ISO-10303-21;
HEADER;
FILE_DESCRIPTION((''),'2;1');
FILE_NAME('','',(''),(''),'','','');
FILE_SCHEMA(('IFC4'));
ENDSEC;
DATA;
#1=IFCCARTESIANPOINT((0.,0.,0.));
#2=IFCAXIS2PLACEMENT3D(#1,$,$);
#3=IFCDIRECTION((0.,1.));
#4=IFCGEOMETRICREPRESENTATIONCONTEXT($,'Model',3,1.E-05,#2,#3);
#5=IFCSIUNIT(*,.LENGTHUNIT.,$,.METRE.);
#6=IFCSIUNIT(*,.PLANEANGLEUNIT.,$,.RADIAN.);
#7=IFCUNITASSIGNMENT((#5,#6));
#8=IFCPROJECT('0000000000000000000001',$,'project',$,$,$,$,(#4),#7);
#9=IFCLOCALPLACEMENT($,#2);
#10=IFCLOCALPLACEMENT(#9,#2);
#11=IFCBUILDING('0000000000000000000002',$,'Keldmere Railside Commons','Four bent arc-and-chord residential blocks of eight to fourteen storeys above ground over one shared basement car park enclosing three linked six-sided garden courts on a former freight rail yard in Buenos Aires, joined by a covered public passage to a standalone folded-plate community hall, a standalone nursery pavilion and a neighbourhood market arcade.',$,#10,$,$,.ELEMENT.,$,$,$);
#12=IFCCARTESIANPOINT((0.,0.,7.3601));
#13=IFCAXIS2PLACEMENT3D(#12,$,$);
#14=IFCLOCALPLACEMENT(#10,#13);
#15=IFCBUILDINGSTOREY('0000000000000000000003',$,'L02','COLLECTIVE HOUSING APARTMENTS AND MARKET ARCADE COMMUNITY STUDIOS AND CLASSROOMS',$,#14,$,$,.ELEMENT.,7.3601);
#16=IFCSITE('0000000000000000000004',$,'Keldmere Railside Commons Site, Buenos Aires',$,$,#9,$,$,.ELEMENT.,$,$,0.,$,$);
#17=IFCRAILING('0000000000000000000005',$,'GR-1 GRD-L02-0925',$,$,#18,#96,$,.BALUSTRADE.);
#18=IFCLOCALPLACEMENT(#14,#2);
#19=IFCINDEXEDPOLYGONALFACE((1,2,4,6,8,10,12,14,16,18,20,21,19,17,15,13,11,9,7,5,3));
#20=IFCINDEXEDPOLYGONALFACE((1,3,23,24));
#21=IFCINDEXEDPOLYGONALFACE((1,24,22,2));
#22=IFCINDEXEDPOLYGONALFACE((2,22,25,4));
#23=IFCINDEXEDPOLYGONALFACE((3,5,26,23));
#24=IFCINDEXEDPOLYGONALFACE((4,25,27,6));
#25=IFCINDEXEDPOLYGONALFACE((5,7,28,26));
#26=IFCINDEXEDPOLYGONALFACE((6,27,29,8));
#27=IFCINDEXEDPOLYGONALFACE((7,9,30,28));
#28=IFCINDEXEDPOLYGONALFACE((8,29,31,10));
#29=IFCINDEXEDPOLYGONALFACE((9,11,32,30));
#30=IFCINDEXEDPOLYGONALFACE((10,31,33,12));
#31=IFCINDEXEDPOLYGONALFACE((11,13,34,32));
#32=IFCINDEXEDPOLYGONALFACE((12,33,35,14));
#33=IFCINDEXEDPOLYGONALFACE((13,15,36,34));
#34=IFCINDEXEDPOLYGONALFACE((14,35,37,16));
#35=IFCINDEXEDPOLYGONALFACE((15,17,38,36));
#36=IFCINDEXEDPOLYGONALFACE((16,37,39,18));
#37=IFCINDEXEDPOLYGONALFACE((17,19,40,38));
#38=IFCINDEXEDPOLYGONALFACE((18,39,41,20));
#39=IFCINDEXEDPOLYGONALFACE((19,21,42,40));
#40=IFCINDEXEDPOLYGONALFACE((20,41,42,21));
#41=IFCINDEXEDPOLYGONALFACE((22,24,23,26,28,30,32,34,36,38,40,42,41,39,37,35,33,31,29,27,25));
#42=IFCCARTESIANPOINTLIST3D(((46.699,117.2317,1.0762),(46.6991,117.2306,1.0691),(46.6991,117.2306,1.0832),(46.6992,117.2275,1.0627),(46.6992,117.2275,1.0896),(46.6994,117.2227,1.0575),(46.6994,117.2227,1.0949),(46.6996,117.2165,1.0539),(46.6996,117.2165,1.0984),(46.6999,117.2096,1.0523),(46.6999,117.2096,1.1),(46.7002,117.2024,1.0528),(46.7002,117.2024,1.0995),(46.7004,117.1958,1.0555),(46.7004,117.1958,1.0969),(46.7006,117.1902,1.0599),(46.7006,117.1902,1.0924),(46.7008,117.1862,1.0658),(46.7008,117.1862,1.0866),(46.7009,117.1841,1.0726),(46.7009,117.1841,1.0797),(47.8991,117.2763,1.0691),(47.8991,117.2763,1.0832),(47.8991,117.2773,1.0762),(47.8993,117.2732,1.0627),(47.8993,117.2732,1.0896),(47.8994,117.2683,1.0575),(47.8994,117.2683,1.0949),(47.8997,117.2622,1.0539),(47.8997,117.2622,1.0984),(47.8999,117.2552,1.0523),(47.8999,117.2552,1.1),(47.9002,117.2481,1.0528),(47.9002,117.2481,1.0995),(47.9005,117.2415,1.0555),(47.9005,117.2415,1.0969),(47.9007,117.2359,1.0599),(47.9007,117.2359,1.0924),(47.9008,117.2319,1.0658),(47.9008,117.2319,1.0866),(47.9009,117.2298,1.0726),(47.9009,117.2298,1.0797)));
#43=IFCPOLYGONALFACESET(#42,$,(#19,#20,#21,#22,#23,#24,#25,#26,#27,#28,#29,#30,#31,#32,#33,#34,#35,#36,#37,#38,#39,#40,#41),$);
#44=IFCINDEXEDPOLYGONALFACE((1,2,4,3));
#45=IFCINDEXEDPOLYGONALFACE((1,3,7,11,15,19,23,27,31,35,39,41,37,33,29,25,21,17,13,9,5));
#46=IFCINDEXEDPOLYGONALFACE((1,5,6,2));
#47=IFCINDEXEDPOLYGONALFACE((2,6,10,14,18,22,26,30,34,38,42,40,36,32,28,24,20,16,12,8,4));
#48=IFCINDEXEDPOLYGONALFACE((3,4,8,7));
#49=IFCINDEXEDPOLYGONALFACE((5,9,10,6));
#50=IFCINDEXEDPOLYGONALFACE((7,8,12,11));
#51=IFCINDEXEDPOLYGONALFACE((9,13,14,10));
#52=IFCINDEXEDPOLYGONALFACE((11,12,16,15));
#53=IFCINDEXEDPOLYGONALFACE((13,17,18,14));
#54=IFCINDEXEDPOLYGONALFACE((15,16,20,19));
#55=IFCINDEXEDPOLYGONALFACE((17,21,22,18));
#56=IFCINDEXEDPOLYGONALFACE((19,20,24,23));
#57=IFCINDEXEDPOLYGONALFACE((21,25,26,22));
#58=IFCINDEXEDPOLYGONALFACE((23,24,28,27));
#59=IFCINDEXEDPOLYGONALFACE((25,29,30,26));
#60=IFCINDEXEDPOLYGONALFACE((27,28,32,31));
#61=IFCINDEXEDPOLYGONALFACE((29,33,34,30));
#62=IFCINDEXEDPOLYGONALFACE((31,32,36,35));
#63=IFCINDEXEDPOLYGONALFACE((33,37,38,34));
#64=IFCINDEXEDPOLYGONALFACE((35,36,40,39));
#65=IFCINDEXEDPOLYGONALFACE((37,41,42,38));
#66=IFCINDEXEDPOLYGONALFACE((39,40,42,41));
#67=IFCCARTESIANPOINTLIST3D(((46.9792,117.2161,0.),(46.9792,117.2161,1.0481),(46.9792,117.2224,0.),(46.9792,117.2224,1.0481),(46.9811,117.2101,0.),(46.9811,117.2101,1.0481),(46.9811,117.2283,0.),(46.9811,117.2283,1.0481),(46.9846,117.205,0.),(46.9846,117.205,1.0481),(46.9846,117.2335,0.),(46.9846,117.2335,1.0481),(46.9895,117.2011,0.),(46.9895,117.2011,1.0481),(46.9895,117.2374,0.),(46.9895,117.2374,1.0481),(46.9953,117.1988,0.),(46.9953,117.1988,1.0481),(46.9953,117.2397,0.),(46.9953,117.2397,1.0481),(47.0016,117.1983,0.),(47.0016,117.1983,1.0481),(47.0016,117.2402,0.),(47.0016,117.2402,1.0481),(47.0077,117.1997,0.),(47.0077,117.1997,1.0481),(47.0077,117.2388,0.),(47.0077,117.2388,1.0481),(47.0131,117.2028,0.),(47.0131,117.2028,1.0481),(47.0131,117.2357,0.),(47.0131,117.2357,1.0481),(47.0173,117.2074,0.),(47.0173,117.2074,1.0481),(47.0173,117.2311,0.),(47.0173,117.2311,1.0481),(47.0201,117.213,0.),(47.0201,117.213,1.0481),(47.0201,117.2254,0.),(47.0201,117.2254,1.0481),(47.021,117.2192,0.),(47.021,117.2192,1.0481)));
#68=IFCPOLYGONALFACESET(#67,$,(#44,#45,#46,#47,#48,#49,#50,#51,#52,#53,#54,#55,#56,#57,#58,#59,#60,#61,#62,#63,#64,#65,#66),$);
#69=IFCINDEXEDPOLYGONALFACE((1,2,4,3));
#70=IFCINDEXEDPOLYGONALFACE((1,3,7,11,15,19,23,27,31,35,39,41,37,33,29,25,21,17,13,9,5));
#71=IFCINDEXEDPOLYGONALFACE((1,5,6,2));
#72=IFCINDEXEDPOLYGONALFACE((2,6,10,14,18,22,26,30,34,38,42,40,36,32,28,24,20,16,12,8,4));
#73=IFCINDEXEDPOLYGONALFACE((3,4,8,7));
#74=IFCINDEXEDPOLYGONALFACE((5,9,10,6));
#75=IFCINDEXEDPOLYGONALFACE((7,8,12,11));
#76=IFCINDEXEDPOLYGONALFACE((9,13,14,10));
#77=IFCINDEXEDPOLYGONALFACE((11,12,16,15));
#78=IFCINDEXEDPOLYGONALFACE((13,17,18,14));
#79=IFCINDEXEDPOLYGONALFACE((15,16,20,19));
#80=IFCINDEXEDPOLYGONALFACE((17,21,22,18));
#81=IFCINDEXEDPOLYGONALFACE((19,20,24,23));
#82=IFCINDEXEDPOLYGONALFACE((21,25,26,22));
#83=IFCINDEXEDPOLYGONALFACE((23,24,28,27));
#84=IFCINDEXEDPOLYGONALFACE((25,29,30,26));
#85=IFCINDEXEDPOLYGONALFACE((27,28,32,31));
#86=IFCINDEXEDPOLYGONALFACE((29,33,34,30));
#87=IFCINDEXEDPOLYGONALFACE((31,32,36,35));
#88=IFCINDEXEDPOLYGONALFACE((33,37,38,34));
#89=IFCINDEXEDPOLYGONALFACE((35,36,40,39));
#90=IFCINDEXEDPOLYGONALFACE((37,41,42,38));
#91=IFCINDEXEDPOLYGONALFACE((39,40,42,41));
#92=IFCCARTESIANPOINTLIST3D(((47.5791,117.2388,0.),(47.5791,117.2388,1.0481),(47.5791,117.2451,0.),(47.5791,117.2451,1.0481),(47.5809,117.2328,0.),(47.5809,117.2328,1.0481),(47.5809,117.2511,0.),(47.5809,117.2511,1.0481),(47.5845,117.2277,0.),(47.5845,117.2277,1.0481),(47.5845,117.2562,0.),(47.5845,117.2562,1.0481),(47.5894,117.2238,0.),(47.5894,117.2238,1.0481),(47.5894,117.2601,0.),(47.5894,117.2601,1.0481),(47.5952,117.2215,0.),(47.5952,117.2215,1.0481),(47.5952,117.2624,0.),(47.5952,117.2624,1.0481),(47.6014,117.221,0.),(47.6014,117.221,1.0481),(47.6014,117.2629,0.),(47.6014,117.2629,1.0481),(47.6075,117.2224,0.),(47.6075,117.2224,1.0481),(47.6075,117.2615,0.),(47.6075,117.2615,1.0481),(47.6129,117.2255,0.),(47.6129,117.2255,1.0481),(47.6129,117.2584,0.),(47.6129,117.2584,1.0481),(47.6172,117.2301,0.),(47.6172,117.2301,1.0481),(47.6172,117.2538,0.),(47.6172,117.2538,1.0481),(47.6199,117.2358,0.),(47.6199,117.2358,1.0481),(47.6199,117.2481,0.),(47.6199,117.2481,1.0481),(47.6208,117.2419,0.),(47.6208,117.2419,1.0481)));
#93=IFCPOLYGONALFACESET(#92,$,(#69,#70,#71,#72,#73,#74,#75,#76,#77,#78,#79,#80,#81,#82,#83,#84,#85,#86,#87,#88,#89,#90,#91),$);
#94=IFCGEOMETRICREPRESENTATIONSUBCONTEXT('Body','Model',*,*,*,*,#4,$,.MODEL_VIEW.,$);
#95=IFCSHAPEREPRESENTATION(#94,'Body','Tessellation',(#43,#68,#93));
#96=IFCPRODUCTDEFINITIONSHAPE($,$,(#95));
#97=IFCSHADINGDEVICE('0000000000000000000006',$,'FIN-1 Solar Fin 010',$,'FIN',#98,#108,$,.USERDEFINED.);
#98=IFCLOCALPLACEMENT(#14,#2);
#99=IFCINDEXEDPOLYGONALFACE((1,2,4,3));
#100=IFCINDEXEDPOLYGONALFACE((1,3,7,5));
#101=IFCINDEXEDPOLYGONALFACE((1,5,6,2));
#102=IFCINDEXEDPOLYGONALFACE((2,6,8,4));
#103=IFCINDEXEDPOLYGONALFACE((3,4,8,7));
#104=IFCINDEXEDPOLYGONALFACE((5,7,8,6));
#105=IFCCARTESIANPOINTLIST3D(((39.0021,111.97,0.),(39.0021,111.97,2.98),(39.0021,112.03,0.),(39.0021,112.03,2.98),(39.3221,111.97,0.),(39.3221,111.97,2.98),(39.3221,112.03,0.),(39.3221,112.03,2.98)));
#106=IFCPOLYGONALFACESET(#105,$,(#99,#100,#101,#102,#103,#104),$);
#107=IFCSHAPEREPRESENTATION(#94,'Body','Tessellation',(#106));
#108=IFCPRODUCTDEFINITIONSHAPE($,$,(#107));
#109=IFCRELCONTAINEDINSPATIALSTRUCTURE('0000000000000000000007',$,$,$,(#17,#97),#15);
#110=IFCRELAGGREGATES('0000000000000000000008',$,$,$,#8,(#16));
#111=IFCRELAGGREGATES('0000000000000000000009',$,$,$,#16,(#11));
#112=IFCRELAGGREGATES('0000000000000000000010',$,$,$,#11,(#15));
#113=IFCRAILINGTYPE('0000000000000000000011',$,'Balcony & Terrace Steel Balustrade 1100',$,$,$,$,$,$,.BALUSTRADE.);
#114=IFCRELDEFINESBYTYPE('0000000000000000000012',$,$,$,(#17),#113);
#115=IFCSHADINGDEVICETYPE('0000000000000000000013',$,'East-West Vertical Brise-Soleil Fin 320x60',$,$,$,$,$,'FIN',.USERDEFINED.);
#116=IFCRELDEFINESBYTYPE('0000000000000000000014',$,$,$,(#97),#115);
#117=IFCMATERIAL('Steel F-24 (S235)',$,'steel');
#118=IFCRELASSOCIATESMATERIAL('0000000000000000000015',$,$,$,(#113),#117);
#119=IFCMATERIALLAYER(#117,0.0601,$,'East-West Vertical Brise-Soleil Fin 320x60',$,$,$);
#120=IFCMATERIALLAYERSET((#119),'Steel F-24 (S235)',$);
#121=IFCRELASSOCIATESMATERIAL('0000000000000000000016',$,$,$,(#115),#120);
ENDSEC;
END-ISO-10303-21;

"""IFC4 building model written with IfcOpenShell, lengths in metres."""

from ifc_helpers import new_model, si_unit, direction, frame, origin, origin_2d, place, context, subcontext, project, spatial, rectangle, circle, extrude, material, layer, layer_set, type_object, element, save


model = new_model("IFC4")

# Units and contexts
model_context = context("Model", 3, precision=1e-05, world=origin(), true_north=direction((0.0, 1.0)))
body_context = subcontext(model_context, "Body", "Model", "MODEL_VIEW")
ifc_project = project(units=[si_unit("LENGTHUNIT", "METRE"), si_unit("PLANEANGLEUNIT", "RADIAN")], contexts=[model_context])

# Site, building, storey
site_placement = place(None, origin())
site = spatial("IfcSite", under=ifc_project, at=site_placement, Name="Keldmere Railside Commons Site, Buenos Aires", CompositionType="ELEMENT", RefElevation=0.0)
building_placement = place(site_placement, origin())
building = spatial("IfcBuilding", under=site, at=building_placement, Name="Keldmere Railside Commons", Description="Four bent arc-and-chord residential blocks of eight to fourteen storeys above ground over one shared basement car park enclosing three linked six-sided garden courts on a former freight rail yard in Buenos Aires, joined by a covered public passage to a standalone folded-plate community hall, a standalone nursery pavilion and a neighbourhood market arcade.", CompositionType="ELEMENT")
storey_placement = place(building_placement, frame((0.0, 0.0, 7.3601)))
storey = spatial("IfcBuildingStorey", under=building, at=storey_placement, Name="L02", Description="COLLECTIVE HOUSING APARTMENTS AND MARKET ARCADE COMMUNITY STUDIOS AND CLASSROOMS", CompositionType="ELEMENT", Elevation=7.3601)

# Railing
ifc_material_1 = material(Name="Steel F-24 (S235)", Category="steel")
railing_type = type_object("IfcRailingType", Name="Balcony & Terrace Steel Balustrade 1100", PredefinedType="BALUSTRADE", material=ifc_material_1)
railing_1_placement = place(storey_placement, frame((46.7, 117.2078, 0.0)))
element("IfcRailing", 1, at=railing_1_placement, inside=storey, type_object=railing_type, Name="GR-1 GRD-L02-0925", PredefinedType="BALUSTRADE", context=body_context, shape_type="SweptSolid", body=[
    extrude(circle(Radius=0.0239, at=origin_2d()), frame((0.0, 0.0, 1.0762), z_axis=(0.999277, 0.038019, 0.0), x_axis=(-0.038019, 0.999277, 0.0)), (0.0, 0.0, 1.0), 1.2009),
    extrude(circle(Radius=0.021, at=origin_2d()), frame((0.3, 0.0115, 0.0)), (0.0, 0.0, 1.0), 1.0481),
    extrude(circle(Radius=0.021, at=origin_2d()), frame((0.8999, 0.0342, 0.0)), (0.0, 0.0, 1.0), 1.0481),
])

# Shading device
ifc_layer_1 = layer(ifc_material_1, 0.0601, Name="East-West Vertical Brise-Soleil Fin 320x60")
ifc_layer_set_1 = layer_set([ifc_layer_1], Name="Steel F-24 (S235)")
shading_device_type = type_object("IfcShadingDeviceType", Name="East-West Vertical Brise-Soleil Fin 320x60", ElementType="FIN", PredefinedType="USERDEFINED", material=ifc_layer_set_1)
shading_device_placement = place(storey_placement, frame((39.1621, 112.0, 0.0), z_axis=(0.0, 0.0, 1.0), x_axis=(1.0, 0.0, 0.0)))
element("IfcShadingDevice", 2, at=shading_device_placement, inside=storey, type_object=shading_device_type, Name="FIN-1 Solar Fin 010", ObjectType="FIN", PredefinedType="USERDEFINED", context=body_context, shape_type="SweptSolid", body=[
    extrude(rectangle(XDim=0.3201, YDim=0.0601, at=origin_2d()), origin(), (0.0, 0.0, 1.0), 2.98),
])

save(model, "model.ifc")
